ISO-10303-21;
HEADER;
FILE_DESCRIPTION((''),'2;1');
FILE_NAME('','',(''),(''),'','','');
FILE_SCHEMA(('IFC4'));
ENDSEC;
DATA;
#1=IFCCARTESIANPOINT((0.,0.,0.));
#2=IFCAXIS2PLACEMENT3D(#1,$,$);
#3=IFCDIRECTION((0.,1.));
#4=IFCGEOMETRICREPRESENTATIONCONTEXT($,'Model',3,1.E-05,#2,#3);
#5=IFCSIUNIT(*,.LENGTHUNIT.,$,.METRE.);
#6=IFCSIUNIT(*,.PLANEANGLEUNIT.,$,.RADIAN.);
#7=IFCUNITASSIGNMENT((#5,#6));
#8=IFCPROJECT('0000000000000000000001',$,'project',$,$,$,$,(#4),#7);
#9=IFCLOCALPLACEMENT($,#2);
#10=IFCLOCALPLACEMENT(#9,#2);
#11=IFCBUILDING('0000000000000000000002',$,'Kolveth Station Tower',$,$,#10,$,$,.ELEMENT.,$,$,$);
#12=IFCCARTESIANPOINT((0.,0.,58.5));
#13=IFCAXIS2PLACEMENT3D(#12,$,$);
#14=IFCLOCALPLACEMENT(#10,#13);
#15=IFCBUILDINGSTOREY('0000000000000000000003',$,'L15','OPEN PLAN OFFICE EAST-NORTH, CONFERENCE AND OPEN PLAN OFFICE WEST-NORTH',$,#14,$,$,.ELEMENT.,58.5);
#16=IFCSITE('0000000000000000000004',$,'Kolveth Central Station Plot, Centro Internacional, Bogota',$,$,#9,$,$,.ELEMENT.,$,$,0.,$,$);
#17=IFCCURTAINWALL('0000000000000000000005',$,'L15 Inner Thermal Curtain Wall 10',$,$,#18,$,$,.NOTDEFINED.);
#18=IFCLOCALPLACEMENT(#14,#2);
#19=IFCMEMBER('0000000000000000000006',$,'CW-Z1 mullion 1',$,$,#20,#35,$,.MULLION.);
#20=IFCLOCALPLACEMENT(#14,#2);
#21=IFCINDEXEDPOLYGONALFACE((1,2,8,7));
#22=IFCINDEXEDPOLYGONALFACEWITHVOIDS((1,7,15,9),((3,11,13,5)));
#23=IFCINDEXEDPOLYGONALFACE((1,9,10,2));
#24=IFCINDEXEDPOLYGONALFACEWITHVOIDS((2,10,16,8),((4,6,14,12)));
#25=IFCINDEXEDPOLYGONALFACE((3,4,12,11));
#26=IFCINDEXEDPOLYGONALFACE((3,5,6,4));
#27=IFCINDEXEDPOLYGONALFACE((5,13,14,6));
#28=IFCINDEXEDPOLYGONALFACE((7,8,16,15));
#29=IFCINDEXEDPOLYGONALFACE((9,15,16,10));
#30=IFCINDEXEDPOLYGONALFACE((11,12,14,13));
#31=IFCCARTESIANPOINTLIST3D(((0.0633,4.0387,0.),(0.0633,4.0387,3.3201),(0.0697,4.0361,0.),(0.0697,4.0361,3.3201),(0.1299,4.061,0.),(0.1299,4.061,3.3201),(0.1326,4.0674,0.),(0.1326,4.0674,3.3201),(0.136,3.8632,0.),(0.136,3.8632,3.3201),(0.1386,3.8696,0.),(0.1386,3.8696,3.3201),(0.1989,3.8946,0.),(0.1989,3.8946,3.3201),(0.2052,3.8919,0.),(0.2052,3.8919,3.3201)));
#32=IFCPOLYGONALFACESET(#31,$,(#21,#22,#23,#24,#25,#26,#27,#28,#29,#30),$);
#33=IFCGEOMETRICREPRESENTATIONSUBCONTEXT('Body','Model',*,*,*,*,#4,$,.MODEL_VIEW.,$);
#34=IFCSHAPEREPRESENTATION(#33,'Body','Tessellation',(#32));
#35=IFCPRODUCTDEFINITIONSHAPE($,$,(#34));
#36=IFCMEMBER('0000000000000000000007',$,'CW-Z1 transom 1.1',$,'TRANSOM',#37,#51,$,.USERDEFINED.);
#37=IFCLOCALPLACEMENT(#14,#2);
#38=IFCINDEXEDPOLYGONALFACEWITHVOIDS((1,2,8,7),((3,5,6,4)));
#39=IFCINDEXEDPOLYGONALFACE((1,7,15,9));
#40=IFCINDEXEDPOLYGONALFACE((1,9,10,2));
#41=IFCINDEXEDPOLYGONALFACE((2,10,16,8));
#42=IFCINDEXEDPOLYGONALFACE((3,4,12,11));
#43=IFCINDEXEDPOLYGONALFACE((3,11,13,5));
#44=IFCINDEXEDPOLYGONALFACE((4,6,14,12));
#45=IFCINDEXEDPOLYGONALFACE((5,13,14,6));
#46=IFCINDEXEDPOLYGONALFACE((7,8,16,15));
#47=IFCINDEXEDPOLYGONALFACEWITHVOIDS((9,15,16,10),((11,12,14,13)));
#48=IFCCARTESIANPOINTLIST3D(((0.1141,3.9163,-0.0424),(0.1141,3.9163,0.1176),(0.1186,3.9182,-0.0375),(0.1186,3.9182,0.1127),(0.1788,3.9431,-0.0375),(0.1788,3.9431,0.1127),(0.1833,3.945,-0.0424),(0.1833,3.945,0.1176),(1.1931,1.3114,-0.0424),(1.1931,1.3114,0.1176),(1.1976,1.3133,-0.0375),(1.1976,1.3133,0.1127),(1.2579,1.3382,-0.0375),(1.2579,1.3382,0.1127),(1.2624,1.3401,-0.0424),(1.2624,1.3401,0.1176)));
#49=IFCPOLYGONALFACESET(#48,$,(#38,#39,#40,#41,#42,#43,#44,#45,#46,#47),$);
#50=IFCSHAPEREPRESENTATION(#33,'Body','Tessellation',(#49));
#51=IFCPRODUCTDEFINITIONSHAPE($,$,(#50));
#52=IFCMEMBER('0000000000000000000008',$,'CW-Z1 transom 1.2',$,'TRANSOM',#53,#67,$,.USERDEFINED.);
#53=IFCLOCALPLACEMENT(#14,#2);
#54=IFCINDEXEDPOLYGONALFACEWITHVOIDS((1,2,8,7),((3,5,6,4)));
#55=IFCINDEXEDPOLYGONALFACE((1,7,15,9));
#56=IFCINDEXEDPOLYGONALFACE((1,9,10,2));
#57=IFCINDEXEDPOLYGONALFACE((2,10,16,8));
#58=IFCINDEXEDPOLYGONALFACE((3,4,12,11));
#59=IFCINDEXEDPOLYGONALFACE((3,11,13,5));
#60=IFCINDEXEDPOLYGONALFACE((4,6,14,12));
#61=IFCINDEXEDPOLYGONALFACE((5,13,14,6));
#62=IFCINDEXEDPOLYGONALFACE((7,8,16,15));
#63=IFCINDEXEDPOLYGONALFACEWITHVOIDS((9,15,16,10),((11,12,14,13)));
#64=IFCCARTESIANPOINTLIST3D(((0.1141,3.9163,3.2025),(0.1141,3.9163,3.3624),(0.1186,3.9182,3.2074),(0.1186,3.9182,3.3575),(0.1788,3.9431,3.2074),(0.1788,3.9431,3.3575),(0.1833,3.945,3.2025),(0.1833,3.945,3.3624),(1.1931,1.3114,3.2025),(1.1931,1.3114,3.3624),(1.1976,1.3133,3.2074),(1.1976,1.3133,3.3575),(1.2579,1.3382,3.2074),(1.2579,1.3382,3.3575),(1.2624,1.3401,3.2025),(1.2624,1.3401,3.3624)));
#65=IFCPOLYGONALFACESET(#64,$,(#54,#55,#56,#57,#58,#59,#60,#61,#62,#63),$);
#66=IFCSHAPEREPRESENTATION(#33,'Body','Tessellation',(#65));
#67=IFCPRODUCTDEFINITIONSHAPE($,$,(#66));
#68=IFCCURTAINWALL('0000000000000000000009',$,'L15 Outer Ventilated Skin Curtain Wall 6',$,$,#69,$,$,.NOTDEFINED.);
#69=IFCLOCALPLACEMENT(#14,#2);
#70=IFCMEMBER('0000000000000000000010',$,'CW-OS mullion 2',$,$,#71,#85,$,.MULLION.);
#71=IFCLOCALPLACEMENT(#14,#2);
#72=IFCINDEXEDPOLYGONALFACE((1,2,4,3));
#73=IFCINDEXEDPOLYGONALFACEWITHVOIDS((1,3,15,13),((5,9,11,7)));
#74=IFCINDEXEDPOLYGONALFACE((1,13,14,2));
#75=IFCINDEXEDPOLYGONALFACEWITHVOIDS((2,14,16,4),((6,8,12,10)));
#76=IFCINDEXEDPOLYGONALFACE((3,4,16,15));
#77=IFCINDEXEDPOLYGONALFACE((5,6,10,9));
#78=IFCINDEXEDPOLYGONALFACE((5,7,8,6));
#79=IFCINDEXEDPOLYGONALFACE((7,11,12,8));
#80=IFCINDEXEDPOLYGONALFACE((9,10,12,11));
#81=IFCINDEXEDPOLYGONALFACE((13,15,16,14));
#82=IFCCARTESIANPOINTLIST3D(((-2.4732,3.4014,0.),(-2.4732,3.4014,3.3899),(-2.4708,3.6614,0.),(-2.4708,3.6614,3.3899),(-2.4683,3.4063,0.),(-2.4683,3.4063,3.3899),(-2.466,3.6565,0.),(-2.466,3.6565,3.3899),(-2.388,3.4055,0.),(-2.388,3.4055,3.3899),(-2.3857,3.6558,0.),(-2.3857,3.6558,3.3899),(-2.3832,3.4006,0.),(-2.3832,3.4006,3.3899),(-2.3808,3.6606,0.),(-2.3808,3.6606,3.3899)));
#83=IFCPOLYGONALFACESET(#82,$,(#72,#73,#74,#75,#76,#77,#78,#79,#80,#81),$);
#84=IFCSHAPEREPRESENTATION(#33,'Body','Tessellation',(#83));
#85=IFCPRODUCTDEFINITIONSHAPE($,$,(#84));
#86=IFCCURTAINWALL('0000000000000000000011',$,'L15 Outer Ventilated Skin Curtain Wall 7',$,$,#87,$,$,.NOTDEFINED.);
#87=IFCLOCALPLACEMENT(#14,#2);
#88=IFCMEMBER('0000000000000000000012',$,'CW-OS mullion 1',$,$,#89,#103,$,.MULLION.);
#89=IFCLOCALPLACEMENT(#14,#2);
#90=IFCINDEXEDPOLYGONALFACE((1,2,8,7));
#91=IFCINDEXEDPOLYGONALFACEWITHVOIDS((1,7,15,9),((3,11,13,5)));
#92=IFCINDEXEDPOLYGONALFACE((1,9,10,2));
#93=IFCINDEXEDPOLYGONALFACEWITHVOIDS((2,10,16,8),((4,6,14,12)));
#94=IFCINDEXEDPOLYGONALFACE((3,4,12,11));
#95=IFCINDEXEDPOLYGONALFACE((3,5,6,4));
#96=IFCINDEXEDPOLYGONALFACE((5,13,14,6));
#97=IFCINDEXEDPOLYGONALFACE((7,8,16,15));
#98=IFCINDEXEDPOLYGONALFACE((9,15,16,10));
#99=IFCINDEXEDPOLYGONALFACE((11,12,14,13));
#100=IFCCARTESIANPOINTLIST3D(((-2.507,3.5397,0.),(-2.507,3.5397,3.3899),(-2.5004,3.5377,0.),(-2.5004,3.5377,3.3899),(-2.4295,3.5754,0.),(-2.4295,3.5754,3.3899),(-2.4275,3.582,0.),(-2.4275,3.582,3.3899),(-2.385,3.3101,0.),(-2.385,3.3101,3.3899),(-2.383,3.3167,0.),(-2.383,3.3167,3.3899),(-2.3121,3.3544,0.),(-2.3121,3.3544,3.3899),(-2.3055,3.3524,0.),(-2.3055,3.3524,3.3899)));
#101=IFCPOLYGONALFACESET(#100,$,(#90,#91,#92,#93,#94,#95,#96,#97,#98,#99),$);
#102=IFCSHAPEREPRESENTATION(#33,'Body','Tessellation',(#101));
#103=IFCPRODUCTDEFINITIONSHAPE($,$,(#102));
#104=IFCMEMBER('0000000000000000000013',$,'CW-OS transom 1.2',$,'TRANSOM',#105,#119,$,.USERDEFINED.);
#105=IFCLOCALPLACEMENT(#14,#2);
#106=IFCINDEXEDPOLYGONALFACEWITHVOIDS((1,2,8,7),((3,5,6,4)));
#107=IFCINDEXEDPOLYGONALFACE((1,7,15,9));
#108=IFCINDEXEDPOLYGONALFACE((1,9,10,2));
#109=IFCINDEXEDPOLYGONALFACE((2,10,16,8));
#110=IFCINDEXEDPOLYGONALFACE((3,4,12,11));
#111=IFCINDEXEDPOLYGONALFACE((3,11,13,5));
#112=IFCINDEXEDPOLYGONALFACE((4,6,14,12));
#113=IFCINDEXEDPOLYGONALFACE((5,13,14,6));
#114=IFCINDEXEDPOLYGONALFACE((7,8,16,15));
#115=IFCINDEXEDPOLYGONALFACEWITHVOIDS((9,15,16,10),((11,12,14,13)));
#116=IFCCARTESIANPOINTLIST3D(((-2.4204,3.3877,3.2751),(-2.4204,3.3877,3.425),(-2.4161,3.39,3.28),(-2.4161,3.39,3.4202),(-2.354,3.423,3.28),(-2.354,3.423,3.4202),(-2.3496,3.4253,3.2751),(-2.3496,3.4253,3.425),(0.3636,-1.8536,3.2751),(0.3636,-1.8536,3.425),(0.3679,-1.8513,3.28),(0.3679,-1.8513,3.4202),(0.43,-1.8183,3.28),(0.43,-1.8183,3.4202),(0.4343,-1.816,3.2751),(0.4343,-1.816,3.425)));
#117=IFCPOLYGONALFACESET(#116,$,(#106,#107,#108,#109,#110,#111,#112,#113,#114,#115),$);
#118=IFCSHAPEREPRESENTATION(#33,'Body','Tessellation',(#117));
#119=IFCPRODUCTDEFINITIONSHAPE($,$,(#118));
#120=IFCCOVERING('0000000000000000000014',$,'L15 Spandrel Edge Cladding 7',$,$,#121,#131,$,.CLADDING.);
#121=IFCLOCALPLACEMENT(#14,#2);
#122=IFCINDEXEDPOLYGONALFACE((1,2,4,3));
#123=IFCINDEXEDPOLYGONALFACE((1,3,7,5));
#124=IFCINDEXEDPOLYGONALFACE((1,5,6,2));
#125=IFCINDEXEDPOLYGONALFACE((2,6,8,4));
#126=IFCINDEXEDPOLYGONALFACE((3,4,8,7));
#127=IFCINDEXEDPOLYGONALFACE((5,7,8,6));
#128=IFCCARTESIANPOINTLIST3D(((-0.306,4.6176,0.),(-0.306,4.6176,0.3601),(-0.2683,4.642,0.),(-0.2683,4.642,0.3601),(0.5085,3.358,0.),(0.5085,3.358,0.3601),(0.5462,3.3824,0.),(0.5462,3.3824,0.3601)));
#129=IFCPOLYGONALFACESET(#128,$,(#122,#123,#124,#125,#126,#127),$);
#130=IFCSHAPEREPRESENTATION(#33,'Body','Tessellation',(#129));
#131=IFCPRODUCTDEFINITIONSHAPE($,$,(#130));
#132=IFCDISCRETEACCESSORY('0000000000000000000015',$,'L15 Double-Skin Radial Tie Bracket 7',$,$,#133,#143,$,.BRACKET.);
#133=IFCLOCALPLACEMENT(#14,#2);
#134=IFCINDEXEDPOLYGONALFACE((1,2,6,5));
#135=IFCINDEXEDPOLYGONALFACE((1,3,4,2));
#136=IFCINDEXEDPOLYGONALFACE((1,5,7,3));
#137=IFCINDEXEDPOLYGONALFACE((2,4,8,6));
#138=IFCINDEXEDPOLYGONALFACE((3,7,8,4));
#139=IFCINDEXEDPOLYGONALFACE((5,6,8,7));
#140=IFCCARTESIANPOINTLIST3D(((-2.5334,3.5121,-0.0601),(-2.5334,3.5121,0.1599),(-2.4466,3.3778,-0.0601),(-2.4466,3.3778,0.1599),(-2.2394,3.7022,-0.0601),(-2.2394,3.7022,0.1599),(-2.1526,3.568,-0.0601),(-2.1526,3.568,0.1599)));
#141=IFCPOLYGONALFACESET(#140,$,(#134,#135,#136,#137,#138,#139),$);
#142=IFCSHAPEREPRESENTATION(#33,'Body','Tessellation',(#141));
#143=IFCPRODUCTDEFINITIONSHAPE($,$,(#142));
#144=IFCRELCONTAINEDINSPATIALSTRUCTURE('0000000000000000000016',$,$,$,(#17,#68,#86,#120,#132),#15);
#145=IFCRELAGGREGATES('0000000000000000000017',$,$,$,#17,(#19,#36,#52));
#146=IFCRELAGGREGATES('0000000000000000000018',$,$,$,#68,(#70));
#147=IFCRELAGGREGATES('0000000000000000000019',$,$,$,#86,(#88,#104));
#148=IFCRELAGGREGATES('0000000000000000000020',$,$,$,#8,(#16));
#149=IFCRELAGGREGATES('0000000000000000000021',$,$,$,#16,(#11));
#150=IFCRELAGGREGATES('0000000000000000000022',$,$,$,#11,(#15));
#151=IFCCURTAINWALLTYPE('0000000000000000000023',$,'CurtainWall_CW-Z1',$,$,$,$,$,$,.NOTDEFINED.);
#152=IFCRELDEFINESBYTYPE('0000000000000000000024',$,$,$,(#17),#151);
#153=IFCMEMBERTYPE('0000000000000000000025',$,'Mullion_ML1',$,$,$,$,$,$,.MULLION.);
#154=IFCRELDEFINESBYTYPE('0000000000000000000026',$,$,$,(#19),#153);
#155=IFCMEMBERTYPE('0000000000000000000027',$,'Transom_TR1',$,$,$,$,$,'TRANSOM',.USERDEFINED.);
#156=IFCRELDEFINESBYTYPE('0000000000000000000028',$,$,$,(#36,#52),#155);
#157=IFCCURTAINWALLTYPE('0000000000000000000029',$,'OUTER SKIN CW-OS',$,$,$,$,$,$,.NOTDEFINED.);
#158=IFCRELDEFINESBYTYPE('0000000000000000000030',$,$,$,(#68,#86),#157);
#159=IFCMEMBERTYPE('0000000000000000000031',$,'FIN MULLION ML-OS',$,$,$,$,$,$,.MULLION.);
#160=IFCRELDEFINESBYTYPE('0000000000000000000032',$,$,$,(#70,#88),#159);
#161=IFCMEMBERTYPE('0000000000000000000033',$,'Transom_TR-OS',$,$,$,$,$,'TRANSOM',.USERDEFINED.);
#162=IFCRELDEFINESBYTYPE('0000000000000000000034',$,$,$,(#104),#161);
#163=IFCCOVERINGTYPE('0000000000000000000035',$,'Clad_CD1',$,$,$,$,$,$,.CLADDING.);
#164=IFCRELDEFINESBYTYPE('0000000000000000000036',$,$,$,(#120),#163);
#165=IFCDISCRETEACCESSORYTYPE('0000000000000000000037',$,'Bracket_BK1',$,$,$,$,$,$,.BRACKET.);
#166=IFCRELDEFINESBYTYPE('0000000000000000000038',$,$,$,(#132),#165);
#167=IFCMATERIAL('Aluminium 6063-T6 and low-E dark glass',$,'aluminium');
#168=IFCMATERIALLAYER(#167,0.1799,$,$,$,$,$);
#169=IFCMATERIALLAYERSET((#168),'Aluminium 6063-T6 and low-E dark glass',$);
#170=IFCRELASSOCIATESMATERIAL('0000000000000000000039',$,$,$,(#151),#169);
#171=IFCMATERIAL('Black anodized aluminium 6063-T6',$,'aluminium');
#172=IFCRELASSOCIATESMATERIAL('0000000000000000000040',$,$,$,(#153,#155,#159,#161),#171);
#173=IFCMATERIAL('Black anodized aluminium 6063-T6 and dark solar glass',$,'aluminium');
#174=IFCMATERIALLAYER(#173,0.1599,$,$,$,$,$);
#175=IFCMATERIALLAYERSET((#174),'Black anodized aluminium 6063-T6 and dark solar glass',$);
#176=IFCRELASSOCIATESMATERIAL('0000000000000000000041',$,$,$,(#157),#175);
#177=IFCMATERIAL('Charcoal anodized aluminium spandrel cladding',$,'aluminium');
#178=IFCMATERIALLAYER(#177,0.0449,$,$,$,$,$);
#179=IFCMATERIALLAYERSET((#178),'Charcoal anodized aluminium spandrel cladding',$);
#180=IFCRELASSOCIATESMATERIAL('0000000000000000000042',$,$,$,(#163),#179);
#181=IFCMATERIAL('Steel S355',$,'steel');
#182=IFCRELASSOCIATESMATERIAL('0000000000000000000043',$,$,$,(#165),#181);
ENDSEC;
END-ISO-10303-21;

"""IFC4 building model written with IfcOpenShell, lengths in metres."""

from ifc_helpers import new_model, si_unit, direction, frame, origin, origin_2d, place, context, subcontext, project, spatial, rectangle, hollow_rectangle, extrude, source, transform, mapped, material, layer, layer_set, material_profile, profile_set, type_object, element, aggregate, save


model = new_model("IFC4")

# Units and contexts
model_context = context("Model", 3, precision=1e-05, world=origin(), true_north=direction((0.0, 1.0)))
body_context = subcontext(model_context, "Body", "Model", "MODEL_VIEW")
ifc_project = project(units=[si_unit("LENGTHUNIT", "METRE"), si_unit("PLANEANGLEUNIT", "RADIAN")], contexts=[model_context])

# Site, building, storey
site_placement = place(None, origin())
site = spatial("IfcSite", under=ifc_project, at=site_placement, Name="Kolveth Central Station Plot, Centro Internacional, Bogota", CompositionType="ELEMENT", RefElevation=0.0)
building_placement = place(site_placement, origin())
building = spatial("IfcBuilding", under=site, at=building_placement, Name="Kolveth Station Tower", CompositionType="ELEMENT")
storey_placement = place(building_placement, frame((0.0, 0.0, 58.5)))
storey = spatial("IfcBuildingStorey", under=building, at=storey_placement, Name="L15", Description="OPEN PLAN OFFICE EAST-NORTH, CONFERENCE AND OPEN PLAN OFFICE WEST-NORTH", CompositionType="ELEMENT", Elevation=58.5)

# Shared definitions
ifc_material_1 = material(Name="Steel S355", Category="steel")

# Shared definitions
ifc_material_2 = material(Name="Aluminium 6063-T6 and low-E dark glass", Category="aluminium")
ifc_layer_1 = layer(ifc_material_2, 0.1799)
ifc_layer_set_1 = layer_set([ifc_layer_1], Name="Aluminium 6063-T6 and low-E dark glass")
curtain_wall_type_1 = type_object("IfcCurtainWallType", Name="CurtainWall_CW-Z1", PredefinedType="NOTDEFINED", material=ifc_layer_set_1)
ifc_material_3 = material(Name="Black anodized aluminium 6063-T6", Category="aluminium")
ifc_material_profile_1 = material_profile(ifc_material_3, hollow_rectangle(XDim=0.075, YDim=0.1899, WallThickness=0.0049, at=origin_2d()), Name="ALU-75x190x5")
ifc_profile_set_1 = profile_set([ifc_material_profile_1], Name="Black anodized aluminium 6063-T6")
member_type_1 = type_object("IfcMemberType", Name="Mullion_ML1", PredefinedType="MULLION", material=ifc_profile_set_1)
shared_shape_1 = source(origin(), body_context, "Body", "SweptSolid", [
    extrude(hollow_rectangle(XDim=0.075, YDim=0.1899, WallThickness=0.0049, at=origin_2d()), origin(), (0.0, 0.0, 1.0), 3.3201),
])

# Curtain wall, members
curtain_wall_1_placement = place(storey_placement, origin())
curtain_wall_1 = element("IfcCurtainWall", 1, at=curtain_wall_1_placement, inside=storey, type_object=curtain_wall_type_1, Name="L15 Inner Thermal Curtain Wall 10", PredefinedType="NOTDEFINED")
member_1_placement = place(storey_placement, frame((0.1343, 3.9653, 0.0), z_axis=(0.0, 0.0, 1.0), x_axis=(0.923884, 0.382673, 0.0)))
member_1 = element("IfcMember", 2, at=member_1_placement, type_object=member_type_1, Name="CW-Z1 mullion 1", PredefinedType="MULLION", context=body_context, shape_type="MappedRepresentation", body=[
    mapped(shared_shape_1, transform((0.0, 0.0, 0.0), x_axis=(1.0, 0.0, 0.0), y_axis=(0.0, 1.0, 0.0), z_axis=(0.0, 0.0, 1.0), scale=1.0)),
])
ifc_material_profile_2 = material_profile(ifc_material_3, hollow_rectangle(XDim=0.075, YDim=0.1599, WallThickness=0.0049, at=origin_2d()), Name="ALU-75x160x5")
ifc_profile_set_2 = profile_set([ifc_material_profile_2], Name="Black anodized aluminium 6063-T6")
member_type_2 = type_object("IfcMemberType", Name="Transom_TR1", ElementType="TRANSOM", PredefinedType="USERDEFINED", material=ifc_profile_set_2)
shared_shape_2 = source(origin(), body_context, "Body", "SweptSolid", [
    extrude(hollow_rectangle(XDim=0.075, YDim=0.1599, WallThickness=0.0049, at=origin_2d()), origin(), (0.0, 0.0, 1.0), 2.8196),
])
member_2_placement = place(storey_placement, frame((0.1487, 3.9307, 0.0376), z_axis=(0.382709, -0.923869, 0.0), x_axis=(0.923869, 0.382709, 0.0)))
member_2 = element("IfcMember", 3, at=member_2_placement, type_object=member_type_2, Name="CW-Z1 transom 1.1", ObjectType="TRANSOM", PredefinedType="USERDEFINED", context=body_context, shape_type="MappedRepresentation", body=[
    mapped(shared_shape_2, transform((0.0, 0.0, 0.0), x_axis=(1.0, 0.0, 0.0), y_axis=(0.0, 1.0, 0.0), z_axis=(0.0, 0.0, 1.0), scale=1.0)),
])
member_3_placement = place(storey_placement, frame((0.1487, 3.9307, 3.2825), z_axis=(0.382709, -0.923869, 0.0), x_axis=(0.923869, 0.382709, 0.0)))
member_3 = element("IfcMember", 4, at=member_3_placement, type_object=member_type_2, Name="CW-Z1 transom 1.2", ObjectType="TRANSOM", PredefinedType="USERDEFINED", context=body_context, shape_type="MappedRepresentation", body=[
    mapped(shared_shape_2, transform((0.0, 0.0, 0.0), x_axis=(1.0, 0.0, 0.0), y_axis=(0.0, 1.0, 0.0), z_axis=(0.0, 0.0, 1.0), scale=1.0)),
])
aggregate(curtain_wall_1, [member_1, member_2, member_3])

# Curtain wall, member
ifc_material_4 = material(Name="Black anodized aluminium 6063-T6 and dark solar glass", Category="aluminium")
ifc_layer_2 = layer(ifc_material_4, 0.1599)
ifc_layer_set_2 = layer_set([ifc_layer_2], Name="Black anodized aluminium 6063-T6 and dark solar glass")
curtain_wall_type_2 = type_object("IfcCurtainWallType", Name="OUTER SKIN CW-OS", PredefinedType="NOTDEFINED", material=ifc_layer_set_2)
curtain_wall_2_placement = place(storey_placement, origin())
curtain_wall_2 = element("IfcCurtainWall", 5, at=curtain_wall_2_placement, inside=storey, type_object=curtain_wall_type_2, Name="L15 Outer Ventilated Skin Curtain Wall 6", PredefinedType="NOTDEFINED")
ifc_material_profile_3 = material_profile(ifc_material_3, hollow_rectangle(XDim=0.0901, YDim=0.26, WallThickness=0.0049, at=origin_2d()), Name="ALU-90x260x5")
ifc_profile_set_3 = profile_set([ifc_material_profile_3], Name="Black anodized aluminium 6063-T6")
member_type_3 = type_object("IfcMemberType", Name="FIN MULLION ML-OS", PredefinedType="MULLION", material=ifc_profile_set_3)
shared_shape_3 = source(origin(), body_context, "Body", "SweptSolid", [
    extrude(hollow_rectangle(XDim=0.0901, YDim=0.26, WallThickness=0.0049, at=origin_2d()), origin(), (0.0, 0.0, 1.0), 3.3899),
])
member_4_placement = place(storey_placement, frame((-2.427, 3.531, 0.0), z_axis=(0.0, 0.0, 1.0), x_axis=(0.999957, -0.009248, 0.0)))
member_4 = element("IfcMember", 6, at=member_4_placement, type_object=member_type_3, Name="CW-OS mullion 2", PredefinedType="MULLION", context=body_context, shape_type="MappedRepresentation", body=[
    mapped(shared_shape_3, transform((0.0, 0.0, 0.0), x_axis=(1.0, 0.0, 0.0), y_axis=(0.0, 1.0, 0.0), z_axis=(0.0, 0.0, 1.0), scale=1.0)),
])
aggregate(curtain_wall_2, [member_4])

# Curtain wall, members
curtain_wall_3_placement = place(storey_placement, origin())
curtain_wall_3 = element("IfcCurtainWall", 7, at=curtain_wall_3_placement, inside=storey, type_object=curtain_wall_type_2, Name="L15 Outer Ventilated Skin Curtain Wall 7", PredefinedType="NOTDEFINED")
member_5_placement = place(storey_placement, frame((-2.4062, 3.446, 0.0), z_axis=(0.0, 0.0, 1.0), x_axis=(0.883139, 0.469111, 0.0)))
member_5 = element("IfcMember", 8, at=member_5_placement, type_object=member_type_3, Name="CW-OS mullion 1", PredefinedType="MULLION", context=body_context, shape_type="MappedRepresentation", body=[
    mapped(shared_shape_3, transform((0.0, 0.0, 0.0), x_axis=(1.0, 0.0, 0.0), y_axis=(0.0, 1.0, 0.0), z_axis=(0.0, 0.0, 1.0), scale=1.0)),
])
ifc_material_profile_4 = material_profile(ifc_material_3, hollow_rectangle(XDim=0.0801, YDim=0.1499, WallThickness=0.0049, at=origin_2d()), Name="ALU-80x150x5")
ifc_profile_set_4 = profile_set([ifc_material_profile_4], Name="Black anodized aluminium 6063-T6")
member_type_4 = type_object("IfcMemberType", Name="Transom_TR-OS", ElementType="TRANSOM", PredefinedType="USERDEFINED", material=ifc_profile_set_4)
shared_shape_4 = source(origin(), body_context, "Body", "SweptSolid", [
    extrude(hollow_rectangle(XDim=0.0801, YDim=0.1499, WallThickness=0.0049, at=origin_2d()), origin(), (0.0, 0.0, 1.0), 5.9348),
])
member_6_placement = place(storey_placement, frame((-2.385, 3.4065, 3.3501), z_axis=(0.469095, -0.883148, 0.0), x_axis=(0.883148, 0.469095, 0.0)))
member_6 = element("IfcMember", 9, at=member_6_placement, type_object=member_type_4, Name="CW-OS transom 1.2", ObjectType="TRANSOM", PredefinedType="USERDEFINED", context=body_context, shape_type="MappedRepresentation", body=[
    mapped(shared_shape_4, transform((0.0, 0.0, 0.0), x_axis=(1.0, 0.0, 0.0), y_axis=(0.0, 1.0, 0.0), z_axis=(0.0, 0.0, 1.0), scale=1.0)),
])
aggregate(curtain_wall_3, [member_5, member_6])

# Covering
ifc_material_5 = material(Name="Charcoal anodized aluminium spandrel cladding", Category="aluminium")
ifc_layer_3 = layer(ifc_material_5, 0.0449)
ifc_layer_set_3 = layer_set([ifc_layer_3], Name="Charcoal anodized aluminium spandrel cladding")
covering_type = type_object("IfcCoveringType", Name="Clad_CD1", PredefinedType="CLADDING", material=ifc_layer_set_3)
shared_shape_5 = source(origin(), body_context, "Body", "SweptSolid", [
    extrude(rectangle(XDim=1.5, YDim=0.0449, at=origin_2d()), origin(), (0.0, 0.0, 1.0), 0.3601),
])
covering_placement = place(storey_placement, frame((0.1201, 4.0, 0.0), z_axis=(0.0, 0.0, 1.0), x_axis=(0.543028, -0.839715, 0.0)))
element("IfcCovering", 10, at=covering_placement, inside=storey, type_object=covering_type, Name="L15 Spandrel Edge Cladding 7", PredefinedType="CLADDING", context=body_context, shape_type="MappedRepresentation", body=[
    mapped(shared_shape_5, transform((0.0, 0.0, 0.0), x_axis=(1.0, 0.0, 0.0), y_axis=(0.0, 1.0, 0.0), z_axis=(0.0, 0.0, 1.0), scale=1.0)),
])

# Discrete accessory
discrete_accessory_type = type_object("IfcDiscreteAccessoryType", Name="Bracket_BK1", PredefinedType="BRACKET", material=ifc_material_1)
shared_shape_6 = source(origin(), body_context, "Body", "SweptSolid", [
    extrude(rectangle(XDim=0.3501, YDim=0.1599, at=origin_2d()), origin(), (0.0, 0.0, 1.0), 0.22),
])
discrete_accessory_placement = place(storey_placement, frame((-2.343, 3.54, -0.0601), z_axis=(0.0, 0.0, 1.0), x_axis=(-0.839715, -0.543028, 0.0)))
element("IfcDiscreteAccessory", 11, at=discrete_accessory_placement, inside=storey, type_object=discrete_accessory_type, Name="L15 Double-Skin Radial Tie Bracket 7", PredefinedType="BRACKET", context=body_context, shape_type="MappedRepresentation", body=[
    mapped(shared_shape_6, transform((0.0, 0.0, 0.0), x_axis=(1.0, 0.0, 0.0), y_axis=(0.0, 1.0, 0.0), z_axis=(0.0, 0.0, 1.0), scale=1.0)),
])

save(model, "model.ifc")
